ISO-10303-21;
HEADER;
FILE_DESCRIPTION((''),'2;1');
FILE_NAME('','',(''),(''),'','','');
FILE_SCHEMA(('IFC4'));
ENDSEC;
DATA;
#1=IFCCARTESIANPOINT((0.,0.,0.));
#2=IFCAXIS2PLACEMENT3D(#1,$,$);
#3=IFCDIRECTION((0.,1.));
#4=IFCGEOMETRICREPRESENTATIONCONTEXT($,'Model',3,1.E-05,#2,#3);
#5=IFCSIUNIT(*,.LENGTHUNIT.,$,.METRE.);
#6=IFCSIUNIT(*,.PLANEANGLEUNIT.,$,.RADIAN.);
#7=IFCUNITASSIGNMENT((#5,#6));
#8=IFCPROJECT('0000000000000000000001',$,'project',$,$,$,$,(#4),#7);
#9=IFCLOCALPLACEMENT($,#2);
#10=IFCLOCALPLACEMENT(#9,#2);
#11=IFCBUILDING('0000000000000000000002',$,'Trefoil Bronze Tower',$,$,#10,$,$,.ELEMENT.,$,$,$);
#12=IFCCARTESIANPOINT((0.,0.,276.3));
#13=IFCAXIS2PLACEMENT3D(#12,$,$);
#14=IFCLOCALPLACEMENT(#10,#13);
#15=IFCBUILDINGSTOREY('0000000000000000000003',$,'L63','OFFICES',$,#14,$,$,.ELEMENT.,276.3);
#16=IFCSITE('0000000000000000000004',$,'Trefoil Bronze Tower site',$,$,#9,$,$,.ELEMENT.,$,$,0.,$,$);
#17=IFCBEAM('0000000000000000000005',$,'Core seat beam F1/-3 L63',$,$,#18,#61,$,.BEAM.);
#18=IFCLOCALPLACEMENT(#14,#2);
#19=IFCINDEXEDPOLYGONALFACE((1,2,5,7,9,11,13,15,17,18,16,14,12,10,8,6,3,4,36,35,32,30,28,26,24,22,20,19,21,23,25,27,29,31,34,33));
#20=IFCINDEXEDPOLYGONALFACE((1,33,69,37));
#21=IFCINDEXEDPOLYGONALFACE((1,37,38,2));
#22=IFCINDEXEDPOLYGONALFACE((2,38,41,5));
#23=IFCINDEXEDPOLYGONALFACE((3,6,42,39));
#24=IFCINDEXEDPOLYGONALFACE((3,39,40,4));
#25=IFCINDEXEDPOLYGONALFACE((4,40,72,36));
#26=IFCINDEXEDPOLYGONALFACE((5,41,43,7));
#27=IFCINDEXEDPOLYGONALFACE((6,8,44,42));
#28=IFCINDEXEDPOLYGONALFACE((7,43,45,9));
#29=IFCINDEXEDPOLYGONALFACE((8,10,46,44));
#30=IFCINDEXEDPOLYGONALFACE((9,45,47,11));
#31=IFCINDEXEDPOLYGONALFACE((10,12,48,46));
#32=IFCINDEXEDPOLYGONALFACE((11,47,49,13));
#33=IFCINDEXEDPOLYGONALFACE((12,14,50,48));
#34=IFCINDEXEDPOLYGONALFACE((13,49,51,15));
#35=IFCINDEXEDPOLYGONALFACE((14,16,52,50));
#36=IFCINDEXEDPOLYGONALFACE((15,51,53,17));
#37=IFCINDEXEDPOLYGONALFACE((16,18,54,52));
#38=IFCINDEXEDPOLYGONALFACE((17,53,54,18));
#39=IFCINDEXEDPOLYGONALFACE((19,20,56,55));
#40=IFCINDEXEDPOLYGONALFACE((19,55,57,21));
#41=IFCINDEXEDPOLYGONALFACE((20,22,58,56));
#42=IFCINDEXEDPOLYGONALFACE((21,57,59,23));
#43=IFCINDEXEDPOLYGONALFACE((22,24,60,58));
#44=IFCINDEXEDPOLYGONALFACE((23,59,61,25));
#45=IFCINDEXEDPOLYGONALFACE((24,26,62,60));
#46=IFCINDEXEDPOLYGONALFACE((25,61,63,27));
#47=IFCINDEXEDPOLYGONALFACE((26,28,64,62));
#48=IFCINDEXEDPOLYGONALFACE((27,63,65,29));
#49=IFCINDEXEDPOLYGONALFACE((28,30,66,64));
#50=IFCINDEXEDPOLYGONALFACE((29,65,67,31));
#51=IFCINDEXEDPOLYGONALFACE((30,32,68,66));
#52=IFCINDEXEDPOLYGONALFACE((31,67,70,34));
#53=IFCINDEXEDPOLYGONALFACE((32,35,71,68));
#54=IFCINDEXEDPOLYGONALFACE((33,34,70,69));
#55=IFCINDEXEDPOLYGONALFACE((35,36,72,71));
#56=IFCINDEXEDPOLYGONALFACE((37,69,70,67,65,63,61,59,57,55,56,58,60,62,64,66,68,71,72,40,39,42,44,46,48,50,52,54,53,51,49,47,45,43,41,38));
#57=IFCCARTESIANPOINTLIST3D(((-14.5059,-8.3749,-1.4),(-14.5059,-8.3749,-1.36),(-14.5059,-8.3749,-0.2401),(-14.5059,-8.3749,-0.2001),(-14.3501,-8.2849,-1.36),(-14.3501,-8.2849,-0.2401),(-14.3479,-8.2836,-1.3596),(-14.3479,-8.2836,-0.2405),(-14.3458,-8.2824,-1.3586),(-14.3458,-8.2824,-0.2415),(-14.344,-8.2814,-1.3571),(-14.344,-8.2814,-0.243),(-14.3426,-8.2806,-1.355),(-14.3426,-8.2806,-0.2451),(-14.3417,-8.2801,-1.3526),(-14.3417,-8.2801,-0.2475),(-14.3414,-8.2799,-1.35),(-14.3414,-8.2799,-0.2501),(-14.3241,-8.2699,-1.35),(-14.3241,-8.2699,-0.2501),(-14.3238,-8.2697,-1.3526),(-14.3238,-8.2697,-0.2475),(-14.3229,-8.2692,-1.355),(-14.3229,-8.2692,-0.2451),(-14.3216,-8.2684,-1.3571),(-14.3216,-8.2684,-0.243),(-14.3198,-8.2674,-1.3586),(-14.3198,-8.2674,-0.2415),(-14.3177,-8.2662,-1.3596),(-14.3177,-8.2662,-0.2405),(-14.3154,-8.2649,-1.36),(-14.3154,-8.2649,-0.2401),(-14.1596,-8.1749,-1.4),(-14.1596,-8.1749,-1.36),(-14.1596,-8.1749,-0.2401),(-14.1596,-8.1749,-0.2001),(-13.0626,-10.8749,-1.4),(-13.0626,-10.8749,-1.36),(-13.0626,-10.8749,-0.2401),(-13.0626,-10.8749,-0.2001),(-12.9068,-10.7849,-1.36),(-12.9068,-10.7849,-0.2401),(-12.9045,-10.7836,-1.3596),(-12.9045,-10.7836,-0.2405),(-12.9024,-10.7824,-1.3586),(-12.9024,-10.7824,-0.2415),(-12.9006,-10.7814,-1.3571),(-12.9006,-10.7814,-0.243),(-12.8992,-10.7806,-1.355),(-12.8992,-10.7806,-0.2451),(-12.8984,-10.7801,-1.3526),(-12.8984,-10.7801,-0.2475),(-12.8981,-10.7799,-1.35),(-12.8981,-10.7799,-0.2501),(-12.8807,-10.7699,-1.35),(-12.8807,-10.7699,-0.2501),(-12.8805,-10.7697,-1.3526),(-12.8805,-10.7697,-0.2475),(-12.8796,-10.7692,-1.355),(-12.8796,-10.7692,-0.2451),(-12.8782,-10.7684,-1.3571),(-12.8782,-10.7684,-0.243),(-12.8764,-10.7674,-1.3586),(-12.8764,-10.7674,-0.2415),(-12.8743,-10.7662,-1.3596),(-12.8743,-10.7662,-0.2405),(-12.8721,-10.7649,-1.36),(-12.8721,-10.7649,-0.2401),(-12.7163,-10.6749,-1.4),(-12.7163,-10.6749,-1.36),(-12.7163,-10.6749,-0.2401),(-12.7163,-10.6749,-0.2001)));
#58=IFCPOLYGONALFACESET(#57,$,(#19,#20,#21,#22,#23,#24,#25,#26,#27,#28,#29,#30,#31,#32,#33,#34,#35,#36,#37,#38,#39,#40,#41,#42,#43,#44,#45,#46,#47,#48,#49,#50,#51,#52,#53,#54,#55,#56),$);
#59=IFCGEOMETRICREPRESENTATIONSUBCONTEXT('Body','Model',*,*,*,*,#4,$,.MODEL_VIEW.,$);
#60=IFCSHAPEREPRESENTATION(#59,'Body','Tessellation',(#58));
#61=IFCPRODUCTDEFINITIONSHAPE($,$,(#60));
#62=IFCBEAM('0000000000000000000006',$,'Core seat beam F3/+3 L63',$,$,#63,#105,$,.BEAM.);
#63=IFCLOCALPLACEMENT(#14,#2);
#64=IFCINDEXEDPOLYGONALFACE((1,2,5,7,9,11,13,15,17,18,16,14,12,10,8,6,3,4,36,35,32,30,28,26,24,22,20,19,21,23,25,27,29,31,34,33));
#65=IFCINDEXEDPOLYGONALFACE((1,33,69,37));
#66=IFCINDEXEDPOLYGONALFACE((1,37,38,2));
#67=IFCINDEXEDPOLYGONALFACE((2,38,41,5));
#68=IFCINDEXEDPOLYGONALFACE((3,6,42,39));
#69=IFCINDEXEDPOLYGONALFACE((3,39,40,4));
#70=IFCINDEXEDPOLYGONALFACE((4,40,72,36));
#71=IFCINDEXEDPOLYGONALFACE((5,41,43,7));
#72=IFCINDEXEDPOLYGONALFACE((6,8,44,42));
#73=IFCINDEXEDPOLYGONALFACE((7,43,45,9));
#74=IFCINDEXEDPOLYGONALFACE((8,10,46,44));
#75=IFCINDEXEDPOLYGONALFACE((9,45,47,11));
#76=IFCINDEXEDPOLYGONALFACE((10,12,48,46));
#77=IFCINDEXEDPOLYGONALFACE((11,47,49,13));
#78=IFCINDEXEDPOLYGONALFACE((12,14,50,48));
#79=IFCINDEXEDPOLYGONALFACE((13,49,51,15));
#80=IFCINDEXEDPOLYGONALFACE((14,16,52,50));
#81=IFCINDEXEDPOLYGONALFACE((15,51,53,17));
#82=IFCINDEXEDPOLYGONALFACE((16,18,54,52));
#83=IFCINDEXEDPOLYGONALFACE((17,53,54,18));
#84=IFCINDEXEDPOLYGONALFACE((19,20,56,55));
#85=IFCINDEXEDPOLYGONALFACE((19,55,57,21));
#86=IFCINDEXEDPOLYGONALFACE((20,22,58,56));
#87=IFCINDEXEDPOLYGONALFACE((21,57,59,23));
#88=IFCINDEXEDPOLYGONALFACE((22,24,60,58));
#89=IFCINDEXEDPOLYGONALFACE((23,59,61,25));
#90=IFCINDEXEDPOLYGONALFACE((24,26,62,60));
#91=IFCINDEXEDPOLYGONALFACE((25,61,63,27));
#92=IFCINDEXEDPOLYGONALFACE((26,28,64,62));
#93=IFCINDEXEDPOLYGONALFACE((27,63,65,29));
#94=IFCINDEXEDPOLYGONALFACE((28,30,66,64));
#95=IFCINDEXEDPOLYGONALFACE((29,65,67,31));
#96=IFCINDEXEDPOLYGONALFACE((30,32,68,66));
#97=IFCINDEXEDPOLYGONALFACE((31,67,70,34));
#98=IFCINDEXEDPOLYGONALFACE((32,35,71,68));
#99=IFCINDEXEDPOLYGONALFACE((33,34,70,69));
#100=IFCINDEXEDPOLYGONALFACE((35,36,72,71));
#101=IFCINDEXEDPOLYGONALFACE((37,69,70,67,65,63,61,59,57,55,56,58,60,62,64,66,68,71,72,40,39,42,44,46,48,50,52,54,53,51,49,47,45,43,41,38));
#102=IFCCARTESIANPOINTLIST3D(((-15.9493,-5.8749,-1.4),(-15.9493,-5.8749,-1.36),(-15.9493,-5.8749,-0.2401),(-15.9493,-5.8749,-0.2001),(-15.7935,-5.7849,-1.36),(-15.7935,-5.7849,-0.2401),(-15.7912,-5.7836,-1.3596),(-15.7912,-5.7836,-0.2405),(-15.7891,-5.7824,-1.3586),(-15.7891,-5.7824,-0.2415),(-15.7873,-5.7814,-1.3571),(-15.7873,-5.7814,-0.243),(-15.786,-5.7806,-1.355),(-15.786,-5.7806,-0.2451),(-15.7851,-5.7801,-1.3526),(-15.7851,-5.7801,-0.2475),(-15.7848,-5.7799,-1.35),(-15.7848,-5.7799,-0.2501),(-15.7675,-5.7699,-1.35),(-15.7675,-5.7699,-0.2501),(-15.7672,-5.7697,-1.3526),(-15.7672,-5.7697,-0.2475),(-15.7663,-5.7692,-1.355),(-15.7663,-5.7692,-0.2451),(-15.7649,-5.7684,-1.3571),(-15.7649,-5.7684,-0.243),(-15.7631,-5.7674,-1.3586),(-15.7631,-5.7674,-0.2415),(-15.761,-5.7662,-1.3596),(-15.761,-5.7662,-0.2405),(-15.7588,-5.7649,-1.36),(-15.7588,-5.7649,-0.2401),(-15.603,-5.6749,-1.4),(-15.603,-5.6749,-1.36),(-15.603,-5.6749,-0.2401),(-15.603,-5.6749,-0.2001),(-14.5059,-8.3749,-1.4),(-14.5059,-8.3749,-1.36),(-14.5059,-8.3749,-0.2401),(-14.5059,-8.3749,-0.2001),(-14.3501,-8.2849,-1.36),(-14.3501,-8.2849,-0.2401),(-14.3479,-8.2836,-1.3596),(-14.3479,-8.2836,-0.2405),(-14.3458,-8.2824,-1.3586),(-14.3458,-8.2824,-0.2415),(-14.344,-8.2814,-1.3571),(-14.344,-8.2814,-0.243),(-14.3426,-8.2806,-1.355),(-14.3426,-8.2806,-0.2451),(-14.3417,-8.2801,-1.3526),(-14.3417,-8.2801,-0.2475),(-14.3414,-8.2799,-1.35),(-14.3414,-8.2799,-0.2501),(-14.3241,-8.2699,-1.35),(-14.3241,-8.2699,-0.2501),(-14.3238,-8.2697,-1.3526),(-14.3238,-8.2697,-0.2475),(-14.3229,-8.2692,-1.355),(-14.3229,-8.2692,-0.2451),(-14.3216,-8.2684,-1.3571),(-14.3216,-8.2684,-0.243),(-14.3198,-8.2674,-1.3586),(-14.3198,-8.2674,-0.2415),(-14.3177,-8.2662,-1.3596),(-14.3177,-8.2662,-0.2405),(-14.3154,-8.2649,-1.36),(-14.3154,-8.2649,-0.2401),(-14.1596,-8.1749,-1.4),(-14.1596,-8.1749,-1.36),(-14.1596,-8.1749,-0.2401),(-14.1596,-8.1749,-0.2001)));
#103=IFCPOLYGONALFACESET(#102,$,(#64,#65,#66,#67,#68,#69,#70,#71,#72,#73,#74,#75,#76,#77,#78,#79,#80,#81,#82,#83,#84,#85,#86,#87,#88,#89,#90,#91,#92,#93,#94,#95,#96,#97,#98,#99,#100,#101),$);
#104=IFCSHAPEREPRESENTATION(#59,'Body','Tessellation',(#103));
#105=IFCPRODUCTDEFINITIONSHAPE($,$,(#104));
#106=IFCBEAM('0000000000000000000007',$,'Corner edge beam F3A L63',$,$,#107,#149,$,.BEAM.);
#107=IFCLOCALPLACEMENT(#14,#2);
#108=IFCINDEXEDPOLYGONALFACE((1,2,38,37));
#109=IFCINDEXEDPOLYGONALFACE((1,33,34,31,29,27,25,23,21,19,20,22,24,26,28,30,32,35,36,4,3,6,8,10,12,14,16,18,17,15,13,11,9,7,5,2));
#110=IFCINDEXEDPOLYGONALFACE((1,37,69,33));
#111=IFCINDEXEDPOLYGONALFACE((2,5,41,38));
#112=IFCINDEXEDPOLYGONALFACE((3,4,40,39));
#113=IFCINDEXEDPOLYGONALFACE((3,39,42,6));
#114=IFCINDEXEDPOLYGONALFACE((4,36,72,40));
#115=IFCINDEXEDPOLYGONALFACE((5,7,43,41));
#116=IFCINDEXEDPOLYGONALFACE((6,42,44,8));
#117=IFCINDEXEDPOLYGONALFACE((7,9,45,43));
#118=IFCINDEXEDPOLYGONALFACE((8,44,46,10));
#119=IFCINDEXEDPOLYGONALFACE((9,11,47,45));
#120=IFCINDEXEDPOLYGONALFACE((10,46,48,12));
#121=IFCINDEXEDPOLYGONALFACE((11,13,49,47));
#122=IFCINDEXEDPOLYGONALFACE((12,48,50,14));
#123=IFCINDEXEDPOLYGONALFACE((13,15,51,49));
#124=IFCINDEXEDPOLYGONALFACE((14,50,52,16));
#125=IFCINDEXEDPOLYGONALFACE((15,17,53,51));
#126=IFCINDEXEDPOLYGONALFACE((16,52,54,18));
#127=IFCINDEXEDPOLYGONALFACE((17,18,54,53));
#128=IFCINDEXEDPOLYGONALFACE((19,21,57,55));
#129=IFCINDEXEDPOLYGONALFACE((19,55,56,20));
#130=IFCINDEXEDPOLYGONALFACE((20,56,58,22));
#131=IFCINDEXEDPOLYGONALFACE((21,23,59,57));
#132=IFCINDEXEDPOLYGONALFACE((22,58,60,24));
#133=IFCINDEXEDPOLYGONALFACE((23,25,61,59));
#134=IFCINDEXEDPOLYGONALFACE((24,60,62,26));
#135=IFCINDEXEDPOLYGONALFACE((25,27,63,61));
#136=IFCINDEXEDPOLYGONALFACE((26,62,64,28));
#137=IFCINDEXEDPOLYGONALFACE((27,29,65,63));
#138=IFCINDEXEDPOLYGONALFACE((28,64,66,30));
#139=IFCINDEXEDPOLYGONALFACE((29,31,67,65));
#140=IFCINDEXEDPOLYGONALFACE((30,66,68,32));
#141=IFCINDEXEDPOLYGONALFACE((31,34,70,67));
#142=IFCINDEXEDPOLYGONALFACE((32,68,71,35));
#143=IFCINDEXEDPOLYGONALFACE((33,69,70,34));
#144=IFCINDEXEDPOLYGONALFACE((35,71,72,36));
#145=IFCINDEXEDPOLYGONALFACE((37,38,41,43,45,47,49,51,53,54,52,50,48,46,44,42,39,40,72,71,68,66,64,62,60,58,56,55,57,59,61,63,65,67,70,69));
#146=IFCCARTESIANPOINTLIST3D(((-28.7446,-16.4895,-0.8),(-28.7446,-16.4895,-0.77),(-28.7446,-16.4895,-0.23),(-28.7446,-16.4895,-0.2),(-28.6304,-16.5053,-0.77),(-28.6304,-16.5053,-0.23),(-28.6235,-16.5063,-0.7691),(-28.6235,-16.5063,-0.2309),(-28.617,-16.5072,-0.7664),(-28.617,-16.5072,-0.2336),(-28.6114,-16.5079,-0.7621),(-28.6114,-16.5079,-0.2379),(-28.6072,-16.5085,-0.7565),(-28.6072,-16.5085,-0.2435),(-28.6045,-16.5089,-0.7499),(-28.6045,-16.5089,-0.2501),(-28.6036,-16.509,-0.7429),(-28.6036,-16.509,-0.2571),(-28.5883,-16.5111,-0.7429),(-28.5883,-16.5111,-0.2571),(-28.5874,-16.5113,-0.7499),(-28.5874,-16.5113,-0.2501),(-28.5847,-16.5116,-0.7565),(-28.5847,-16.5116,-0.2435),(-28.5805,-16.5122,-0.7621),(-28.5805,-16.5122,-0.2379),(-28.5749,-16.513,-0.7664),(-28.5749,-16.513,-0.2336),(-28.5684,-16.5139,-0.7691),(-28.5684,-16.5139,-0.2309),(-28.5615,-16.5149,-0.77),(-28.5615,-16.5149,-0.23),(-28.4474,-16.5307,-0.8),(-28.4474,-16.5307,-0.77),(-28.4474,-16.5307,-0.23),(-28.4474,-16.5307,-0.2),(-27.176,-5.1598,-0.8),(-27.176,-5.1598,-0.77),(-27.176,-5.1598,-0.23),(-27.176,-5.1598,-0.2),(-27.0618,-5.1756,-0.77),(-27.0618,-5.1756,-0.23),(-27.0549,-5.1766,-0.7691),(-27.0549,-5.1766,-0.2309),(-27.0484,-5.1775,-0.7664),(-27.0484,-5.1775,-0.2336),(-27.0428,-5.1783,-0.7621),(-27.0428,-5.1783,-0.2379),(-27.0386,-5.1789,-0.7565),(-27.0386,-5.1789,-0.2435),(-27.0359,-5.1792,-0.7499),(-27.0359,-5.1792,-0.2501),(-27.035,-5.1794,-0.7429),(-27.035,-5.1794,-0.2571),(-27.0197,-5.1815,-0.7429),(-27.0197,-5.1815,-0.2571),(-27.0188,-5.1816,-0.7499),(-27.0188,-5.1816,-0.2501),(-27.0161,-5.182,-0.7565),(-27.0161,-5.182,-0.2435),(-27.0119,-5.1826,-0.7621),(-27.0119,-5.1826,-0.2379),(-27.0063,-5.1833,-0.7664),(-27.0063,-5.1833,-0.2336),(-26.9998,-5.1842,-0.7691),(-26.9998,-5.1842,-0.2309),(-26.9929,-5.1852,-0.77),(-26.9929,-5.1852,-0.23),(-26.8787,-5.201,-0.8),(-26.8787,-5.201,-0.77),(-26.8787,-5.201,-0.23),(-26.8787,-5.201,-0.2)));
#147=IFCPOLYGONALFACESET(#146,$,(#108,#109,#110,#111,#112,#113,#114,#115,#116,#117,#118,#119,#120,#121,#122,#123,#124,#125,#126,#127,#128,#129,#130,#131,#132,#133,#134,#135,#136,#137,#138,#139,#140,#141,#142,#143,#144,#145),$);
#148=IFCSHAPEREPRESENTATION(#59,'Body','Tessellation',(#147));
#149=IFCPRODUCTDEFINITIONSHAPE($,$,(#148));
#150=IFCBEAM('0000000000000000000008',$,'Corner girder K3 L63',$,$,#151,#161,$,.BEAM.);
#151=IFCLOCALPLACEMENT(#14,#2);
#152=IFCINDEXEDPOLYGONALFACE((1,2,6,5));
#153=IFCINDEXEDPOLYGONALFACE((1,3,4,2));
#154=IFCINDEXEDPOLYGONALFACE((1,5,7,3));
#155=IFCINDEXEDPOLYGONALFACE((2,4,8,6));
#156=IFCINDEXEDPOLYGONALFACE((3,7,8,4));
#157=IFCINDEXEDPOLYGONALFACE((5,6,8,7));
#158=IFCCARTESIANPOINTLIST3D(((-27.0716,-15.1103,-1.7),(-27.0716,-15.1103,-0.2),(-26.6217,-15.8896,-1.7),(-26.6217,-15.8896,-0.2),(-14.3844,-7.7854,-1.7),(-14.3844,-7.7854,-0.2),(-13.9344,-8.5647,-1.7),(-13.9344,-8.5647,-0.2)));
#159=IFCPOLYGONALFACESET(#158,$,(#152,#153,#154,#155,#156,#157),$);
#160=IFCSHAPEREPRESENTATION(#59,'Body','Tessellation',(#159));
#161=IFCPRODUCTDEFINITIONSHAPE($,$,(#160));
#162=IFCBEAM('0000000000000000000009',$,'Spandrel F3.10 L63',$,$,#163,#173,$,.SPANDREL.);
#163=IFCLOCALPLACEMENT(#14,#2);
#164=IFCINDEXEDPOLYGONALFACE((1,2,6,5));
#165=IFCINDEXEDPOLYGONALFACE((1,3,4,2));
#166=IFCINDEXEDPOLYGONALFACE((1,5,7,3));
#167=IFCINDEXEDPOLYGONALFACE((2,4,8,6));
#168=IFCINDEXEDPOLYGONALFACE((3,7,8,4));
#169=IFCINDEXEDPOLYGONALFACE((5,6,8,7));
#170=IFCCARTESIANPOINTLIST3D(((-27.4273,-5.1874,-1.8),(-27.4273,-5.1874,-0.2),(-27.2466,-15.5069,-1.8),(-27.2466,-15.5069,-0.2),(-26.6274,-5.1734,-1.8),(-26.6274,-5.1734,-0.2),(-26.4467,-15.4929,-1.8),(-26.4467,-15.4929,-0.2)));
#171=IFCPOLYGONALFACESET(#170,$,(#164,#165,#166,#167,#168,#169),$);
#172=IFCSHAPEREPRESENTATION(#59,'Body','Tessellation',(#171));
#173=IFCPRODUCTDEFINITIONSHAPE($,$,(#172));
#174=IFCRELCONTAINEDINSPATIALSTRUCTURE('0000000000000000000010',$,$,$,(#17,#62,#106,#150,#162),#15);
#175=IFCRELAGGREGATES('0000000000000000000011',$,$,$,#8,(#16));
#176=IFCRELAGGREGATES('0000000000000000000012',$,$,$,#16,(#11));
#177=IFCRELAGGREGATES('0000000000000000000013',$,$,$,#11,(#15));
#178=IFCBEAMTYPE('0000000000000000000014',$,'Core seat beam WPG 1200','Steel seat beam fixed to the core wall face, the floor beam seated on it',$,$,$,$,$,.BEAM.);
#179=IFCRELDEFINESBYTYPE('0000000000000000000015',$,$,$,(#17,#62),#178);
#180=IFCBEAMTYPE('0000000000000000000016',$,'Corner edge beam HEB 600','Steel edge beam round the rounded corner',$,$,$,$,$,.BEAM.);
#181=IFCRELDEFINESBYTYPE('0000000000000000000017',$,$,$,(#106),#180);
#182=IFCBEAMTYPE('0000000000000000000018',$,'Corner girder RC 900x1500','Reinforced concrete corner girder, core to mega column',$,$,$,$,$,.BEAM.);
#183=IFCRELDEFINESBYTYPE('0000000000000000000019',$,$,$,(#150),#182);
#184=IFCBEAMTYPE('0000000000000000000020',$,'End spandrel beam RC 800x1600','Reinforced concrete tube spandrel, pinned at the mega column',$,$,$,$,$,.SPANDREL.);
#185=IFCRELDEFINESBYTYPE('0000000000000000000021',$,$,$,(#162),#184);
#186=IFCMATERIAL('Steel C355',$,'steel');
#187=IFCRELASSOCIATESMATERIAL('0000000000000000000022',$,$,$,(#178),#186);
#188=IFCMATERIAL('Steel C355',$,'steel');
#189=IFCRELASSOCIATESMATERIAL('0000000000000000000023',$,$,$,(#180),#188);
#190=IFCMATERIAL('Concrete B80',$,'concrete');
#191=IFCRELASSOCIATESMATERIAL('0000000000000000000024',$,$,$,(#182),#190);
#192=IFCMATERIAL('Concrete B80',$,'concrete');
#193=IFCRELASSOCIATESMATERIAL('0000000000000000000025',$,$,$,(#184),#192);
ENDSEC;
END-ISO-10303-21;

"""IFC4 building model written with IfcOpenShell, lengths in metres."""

from ifc_helpers import new_model, si_unit, direction, frame, origin, origin_2d, place, context, subcontext, project, spatial, rectangle, i_section, extrude, material, material_profile, profile_set, type_object, element, save


model = new_model("IFC4")

# Units and contexts
model_context = context("Model", 3, precision=1e-05, world=origin(), true_north=direction((0.0, 1.0)))
body_context = subcontext(model_context, "Body", "Model", "MODEL_VIEW")
ifc_project = project(units=[si_unit("LENGTHUNIT", "METRE"), si_unit("PLANEANGLEUNIT", "RADIAN")], contexts=[model_context])

# Site, building, storey
site_placement = place(None, origin())
site = spatial("IfcSite", under=ifc_project, at=site_placement, Name="Trefoil Bronze Tower site", CompositionType="ELEMENT", RefElevation=0.0)
building_placement = place(site_placement, origin())
building = spatial("IfcBuilding", under=site, at=building_placement, Name="Trefoil Bronze Tower", CompositionType="ELEMENT")
storey_placement = place(building_placement, frame((0.0, 0.0, 276.3)))
storey = spatial("IfcBuildingStorey", under=building, at=storey_placement, Name="L63", Description="OFFICES", CompositionType="ELEMENT", Elevation=276.3)

# Beams
ifc_material_1 = material(Name="Steel C355", Category="steel")
ifc_material_profile_1 = material_profile(ifc_material_1, i_section(OverallWidth=0.3999, OverallDepth=1.2, WebThickness=0.02, FlangeThickness=0.04, FilletRadius=0.01, at=origin_2d()), Name="WPG 1200")
ifc_profile_set_1 = profile_set([ifc_material_profile_1], Name="Steel C355")
beam_type_1 = type_object("IfcBeamType", Name="Core seat beam WPG 1200", Description="Steel seat beam fixed to the core wall face, the floor beam seated on it", PredefinedType="BEAM", material=ifc_profile_set_1)
for number, where, z_axis, x_axis, name in (
    (1, (-14.3328, -8.2749, -0.8), (0.499996, -0.866028, 0.0), (0.866028, 0.499996, 0.0), "Core seat beam F1/-3 L63"),
    (2, (-15.7761, -5.7749, -0.8), (0.499996, -0.866028, 0.0), (0.866028, 0.499996, 0.0), "Core seat beam F3/+3 L63"),
):
    element("IfcBeam", number, at=place(storey_placement, frame(where, z_axis=z_axis, x_axis=x_axis)), inside=storey, type_object=beam_type_1, Name=name, PredefinedType="BEAM", context=body_context, shape_type="SweptSolid", body=[
        extrude(i_section(OverallWidth=0.3999, OverallDepth=1.2, WebThickness=0.02, FlangeThickness=0.04, FilletRadius=0.01, at=origin_2d()), origin(), (0.0, 0.0, 1.0), 2.8867),
    ])
ifc_material_2 = material(Name="Steel C355", Category="steel")
ifc_material_profile_2 = material_profile(ifc_material_2, i_section(OverallWidth=0.3, OverallDepth=0.6001, WebThickness=0.0154, FlangeThickness=0.03, FilletRadius=0.0271, at=origin_2d()), Name="HEB 600")
ifc_profile_set_2 = profile_set([ifc_material_profile_2], Name="Steel C355")
beam_type_2 = type_object("IfcBeamType", Name="Corner edge beam HEB 600", Description="Steel edge beam round the rounded corner", PredefinedType="BEAM", material=ifc_profile_set_2)
beam_1_placement = place(storey_placement, frame((-27.0273, -5.1804, -0.5), z_axis=(-0.137144, -0.990551, 0.0), x_axis=(0.990551, -0.137144, 0.0)))
element("IfcBeam", 3, at=beam_1_placement, inside=storey, type_object=beam_type_2, Name="Corner edge beam F3A L63", PredefinedType="BEAM", context=body_context, shape_type="SweptSolid", body=[
    extrude(i_section(OverallWidth=0.3, OverallDepth=0.6001, WebThickness=0.0154, FlangeThickness=0.03, FilletRadius=0.0271, at=origin_2d()), origin(), (0.0, 0.0, 1.0), 11.4377),
])
ifc_material_3 = material(Name="Concrete B80", Category="concrete")
ifc_material_profile_3 = material_profile(ifc_material_3, rectangle(XDim=0.8999, YDim=1.5, at=origin_2d()), Name="RC 900x1500")
ifc_profile_set_3 = profile_set([ifc_material_profile_3], Name="Concrete B80")
beam_type_3 = type_object("IfcBeamType", Name="Corner girder RC 900x1500", Description="Reinforced concrete corner girder, core to mega column", PredefinedType="BEAM", material=ifc_profile_set_3)
beam_2_placement = place(storey_placement, frame((-14.1594, -8.175, -0.95), z_axis=(-0.866027, -0.499998, 0.0), x_axis=(0.499998, -0.866027, 0.0)))
element("IfcBeam", 4, at=beam_2_placement, inside=storey, type_object=beam_type_3, Name="Corner girder K3 L63", PredefinedType="BEAM", context=body_context, shape_type="SweptSolid", body=[
    extrude(rectangle(XDim=0.8999, YDim=1.5, at=origin_2d()), origin(), (0.0, 0.0, 1.0), 14.6499),
])
ifc_material_4 = material(Name="Concrete B80", Category="concrete")
ifc_material_profile_4 = material_profile(ifc_material_4, rectangle(XDim=0.8, YDim=1.6001, at=origin_2d()), Name="RC 800x1600")
ifc_profile_set_4 = profile_set([ifc_material_profile_4], Name="Concrete B80")
beam_type_4 = type_object("IfcBeamType", Name="End spandrel beam RC 800x1600", Description="Reinforced concrete tube spandrel, pinned at the mega column", PredefinedType="SPANDREL", material=ifc_profile_set_4)
beam_3_placement = place(storey_placement, frame((-27.0273, -5.1804, -1.0), z_axis=(0.017504, -0.999847, 0.0), x_axis=(0.999847, 0.017504, 0.0)))
element("IfcBeam", 5, at=beam_3_placement, inside=storey, type_object=beam_type_4, Name="Spandrel F3.10 L63", PredefinedType="SPANDREL", context=body_context, shape_type="SweptSolid", body=[
    extrude(rectangle(XDim=0.8, YDim=1.6001, at=origin_2d()), origin(), (0.0, 0.0, 1.0), 10.321),
])

save(model, "model.ifc")
